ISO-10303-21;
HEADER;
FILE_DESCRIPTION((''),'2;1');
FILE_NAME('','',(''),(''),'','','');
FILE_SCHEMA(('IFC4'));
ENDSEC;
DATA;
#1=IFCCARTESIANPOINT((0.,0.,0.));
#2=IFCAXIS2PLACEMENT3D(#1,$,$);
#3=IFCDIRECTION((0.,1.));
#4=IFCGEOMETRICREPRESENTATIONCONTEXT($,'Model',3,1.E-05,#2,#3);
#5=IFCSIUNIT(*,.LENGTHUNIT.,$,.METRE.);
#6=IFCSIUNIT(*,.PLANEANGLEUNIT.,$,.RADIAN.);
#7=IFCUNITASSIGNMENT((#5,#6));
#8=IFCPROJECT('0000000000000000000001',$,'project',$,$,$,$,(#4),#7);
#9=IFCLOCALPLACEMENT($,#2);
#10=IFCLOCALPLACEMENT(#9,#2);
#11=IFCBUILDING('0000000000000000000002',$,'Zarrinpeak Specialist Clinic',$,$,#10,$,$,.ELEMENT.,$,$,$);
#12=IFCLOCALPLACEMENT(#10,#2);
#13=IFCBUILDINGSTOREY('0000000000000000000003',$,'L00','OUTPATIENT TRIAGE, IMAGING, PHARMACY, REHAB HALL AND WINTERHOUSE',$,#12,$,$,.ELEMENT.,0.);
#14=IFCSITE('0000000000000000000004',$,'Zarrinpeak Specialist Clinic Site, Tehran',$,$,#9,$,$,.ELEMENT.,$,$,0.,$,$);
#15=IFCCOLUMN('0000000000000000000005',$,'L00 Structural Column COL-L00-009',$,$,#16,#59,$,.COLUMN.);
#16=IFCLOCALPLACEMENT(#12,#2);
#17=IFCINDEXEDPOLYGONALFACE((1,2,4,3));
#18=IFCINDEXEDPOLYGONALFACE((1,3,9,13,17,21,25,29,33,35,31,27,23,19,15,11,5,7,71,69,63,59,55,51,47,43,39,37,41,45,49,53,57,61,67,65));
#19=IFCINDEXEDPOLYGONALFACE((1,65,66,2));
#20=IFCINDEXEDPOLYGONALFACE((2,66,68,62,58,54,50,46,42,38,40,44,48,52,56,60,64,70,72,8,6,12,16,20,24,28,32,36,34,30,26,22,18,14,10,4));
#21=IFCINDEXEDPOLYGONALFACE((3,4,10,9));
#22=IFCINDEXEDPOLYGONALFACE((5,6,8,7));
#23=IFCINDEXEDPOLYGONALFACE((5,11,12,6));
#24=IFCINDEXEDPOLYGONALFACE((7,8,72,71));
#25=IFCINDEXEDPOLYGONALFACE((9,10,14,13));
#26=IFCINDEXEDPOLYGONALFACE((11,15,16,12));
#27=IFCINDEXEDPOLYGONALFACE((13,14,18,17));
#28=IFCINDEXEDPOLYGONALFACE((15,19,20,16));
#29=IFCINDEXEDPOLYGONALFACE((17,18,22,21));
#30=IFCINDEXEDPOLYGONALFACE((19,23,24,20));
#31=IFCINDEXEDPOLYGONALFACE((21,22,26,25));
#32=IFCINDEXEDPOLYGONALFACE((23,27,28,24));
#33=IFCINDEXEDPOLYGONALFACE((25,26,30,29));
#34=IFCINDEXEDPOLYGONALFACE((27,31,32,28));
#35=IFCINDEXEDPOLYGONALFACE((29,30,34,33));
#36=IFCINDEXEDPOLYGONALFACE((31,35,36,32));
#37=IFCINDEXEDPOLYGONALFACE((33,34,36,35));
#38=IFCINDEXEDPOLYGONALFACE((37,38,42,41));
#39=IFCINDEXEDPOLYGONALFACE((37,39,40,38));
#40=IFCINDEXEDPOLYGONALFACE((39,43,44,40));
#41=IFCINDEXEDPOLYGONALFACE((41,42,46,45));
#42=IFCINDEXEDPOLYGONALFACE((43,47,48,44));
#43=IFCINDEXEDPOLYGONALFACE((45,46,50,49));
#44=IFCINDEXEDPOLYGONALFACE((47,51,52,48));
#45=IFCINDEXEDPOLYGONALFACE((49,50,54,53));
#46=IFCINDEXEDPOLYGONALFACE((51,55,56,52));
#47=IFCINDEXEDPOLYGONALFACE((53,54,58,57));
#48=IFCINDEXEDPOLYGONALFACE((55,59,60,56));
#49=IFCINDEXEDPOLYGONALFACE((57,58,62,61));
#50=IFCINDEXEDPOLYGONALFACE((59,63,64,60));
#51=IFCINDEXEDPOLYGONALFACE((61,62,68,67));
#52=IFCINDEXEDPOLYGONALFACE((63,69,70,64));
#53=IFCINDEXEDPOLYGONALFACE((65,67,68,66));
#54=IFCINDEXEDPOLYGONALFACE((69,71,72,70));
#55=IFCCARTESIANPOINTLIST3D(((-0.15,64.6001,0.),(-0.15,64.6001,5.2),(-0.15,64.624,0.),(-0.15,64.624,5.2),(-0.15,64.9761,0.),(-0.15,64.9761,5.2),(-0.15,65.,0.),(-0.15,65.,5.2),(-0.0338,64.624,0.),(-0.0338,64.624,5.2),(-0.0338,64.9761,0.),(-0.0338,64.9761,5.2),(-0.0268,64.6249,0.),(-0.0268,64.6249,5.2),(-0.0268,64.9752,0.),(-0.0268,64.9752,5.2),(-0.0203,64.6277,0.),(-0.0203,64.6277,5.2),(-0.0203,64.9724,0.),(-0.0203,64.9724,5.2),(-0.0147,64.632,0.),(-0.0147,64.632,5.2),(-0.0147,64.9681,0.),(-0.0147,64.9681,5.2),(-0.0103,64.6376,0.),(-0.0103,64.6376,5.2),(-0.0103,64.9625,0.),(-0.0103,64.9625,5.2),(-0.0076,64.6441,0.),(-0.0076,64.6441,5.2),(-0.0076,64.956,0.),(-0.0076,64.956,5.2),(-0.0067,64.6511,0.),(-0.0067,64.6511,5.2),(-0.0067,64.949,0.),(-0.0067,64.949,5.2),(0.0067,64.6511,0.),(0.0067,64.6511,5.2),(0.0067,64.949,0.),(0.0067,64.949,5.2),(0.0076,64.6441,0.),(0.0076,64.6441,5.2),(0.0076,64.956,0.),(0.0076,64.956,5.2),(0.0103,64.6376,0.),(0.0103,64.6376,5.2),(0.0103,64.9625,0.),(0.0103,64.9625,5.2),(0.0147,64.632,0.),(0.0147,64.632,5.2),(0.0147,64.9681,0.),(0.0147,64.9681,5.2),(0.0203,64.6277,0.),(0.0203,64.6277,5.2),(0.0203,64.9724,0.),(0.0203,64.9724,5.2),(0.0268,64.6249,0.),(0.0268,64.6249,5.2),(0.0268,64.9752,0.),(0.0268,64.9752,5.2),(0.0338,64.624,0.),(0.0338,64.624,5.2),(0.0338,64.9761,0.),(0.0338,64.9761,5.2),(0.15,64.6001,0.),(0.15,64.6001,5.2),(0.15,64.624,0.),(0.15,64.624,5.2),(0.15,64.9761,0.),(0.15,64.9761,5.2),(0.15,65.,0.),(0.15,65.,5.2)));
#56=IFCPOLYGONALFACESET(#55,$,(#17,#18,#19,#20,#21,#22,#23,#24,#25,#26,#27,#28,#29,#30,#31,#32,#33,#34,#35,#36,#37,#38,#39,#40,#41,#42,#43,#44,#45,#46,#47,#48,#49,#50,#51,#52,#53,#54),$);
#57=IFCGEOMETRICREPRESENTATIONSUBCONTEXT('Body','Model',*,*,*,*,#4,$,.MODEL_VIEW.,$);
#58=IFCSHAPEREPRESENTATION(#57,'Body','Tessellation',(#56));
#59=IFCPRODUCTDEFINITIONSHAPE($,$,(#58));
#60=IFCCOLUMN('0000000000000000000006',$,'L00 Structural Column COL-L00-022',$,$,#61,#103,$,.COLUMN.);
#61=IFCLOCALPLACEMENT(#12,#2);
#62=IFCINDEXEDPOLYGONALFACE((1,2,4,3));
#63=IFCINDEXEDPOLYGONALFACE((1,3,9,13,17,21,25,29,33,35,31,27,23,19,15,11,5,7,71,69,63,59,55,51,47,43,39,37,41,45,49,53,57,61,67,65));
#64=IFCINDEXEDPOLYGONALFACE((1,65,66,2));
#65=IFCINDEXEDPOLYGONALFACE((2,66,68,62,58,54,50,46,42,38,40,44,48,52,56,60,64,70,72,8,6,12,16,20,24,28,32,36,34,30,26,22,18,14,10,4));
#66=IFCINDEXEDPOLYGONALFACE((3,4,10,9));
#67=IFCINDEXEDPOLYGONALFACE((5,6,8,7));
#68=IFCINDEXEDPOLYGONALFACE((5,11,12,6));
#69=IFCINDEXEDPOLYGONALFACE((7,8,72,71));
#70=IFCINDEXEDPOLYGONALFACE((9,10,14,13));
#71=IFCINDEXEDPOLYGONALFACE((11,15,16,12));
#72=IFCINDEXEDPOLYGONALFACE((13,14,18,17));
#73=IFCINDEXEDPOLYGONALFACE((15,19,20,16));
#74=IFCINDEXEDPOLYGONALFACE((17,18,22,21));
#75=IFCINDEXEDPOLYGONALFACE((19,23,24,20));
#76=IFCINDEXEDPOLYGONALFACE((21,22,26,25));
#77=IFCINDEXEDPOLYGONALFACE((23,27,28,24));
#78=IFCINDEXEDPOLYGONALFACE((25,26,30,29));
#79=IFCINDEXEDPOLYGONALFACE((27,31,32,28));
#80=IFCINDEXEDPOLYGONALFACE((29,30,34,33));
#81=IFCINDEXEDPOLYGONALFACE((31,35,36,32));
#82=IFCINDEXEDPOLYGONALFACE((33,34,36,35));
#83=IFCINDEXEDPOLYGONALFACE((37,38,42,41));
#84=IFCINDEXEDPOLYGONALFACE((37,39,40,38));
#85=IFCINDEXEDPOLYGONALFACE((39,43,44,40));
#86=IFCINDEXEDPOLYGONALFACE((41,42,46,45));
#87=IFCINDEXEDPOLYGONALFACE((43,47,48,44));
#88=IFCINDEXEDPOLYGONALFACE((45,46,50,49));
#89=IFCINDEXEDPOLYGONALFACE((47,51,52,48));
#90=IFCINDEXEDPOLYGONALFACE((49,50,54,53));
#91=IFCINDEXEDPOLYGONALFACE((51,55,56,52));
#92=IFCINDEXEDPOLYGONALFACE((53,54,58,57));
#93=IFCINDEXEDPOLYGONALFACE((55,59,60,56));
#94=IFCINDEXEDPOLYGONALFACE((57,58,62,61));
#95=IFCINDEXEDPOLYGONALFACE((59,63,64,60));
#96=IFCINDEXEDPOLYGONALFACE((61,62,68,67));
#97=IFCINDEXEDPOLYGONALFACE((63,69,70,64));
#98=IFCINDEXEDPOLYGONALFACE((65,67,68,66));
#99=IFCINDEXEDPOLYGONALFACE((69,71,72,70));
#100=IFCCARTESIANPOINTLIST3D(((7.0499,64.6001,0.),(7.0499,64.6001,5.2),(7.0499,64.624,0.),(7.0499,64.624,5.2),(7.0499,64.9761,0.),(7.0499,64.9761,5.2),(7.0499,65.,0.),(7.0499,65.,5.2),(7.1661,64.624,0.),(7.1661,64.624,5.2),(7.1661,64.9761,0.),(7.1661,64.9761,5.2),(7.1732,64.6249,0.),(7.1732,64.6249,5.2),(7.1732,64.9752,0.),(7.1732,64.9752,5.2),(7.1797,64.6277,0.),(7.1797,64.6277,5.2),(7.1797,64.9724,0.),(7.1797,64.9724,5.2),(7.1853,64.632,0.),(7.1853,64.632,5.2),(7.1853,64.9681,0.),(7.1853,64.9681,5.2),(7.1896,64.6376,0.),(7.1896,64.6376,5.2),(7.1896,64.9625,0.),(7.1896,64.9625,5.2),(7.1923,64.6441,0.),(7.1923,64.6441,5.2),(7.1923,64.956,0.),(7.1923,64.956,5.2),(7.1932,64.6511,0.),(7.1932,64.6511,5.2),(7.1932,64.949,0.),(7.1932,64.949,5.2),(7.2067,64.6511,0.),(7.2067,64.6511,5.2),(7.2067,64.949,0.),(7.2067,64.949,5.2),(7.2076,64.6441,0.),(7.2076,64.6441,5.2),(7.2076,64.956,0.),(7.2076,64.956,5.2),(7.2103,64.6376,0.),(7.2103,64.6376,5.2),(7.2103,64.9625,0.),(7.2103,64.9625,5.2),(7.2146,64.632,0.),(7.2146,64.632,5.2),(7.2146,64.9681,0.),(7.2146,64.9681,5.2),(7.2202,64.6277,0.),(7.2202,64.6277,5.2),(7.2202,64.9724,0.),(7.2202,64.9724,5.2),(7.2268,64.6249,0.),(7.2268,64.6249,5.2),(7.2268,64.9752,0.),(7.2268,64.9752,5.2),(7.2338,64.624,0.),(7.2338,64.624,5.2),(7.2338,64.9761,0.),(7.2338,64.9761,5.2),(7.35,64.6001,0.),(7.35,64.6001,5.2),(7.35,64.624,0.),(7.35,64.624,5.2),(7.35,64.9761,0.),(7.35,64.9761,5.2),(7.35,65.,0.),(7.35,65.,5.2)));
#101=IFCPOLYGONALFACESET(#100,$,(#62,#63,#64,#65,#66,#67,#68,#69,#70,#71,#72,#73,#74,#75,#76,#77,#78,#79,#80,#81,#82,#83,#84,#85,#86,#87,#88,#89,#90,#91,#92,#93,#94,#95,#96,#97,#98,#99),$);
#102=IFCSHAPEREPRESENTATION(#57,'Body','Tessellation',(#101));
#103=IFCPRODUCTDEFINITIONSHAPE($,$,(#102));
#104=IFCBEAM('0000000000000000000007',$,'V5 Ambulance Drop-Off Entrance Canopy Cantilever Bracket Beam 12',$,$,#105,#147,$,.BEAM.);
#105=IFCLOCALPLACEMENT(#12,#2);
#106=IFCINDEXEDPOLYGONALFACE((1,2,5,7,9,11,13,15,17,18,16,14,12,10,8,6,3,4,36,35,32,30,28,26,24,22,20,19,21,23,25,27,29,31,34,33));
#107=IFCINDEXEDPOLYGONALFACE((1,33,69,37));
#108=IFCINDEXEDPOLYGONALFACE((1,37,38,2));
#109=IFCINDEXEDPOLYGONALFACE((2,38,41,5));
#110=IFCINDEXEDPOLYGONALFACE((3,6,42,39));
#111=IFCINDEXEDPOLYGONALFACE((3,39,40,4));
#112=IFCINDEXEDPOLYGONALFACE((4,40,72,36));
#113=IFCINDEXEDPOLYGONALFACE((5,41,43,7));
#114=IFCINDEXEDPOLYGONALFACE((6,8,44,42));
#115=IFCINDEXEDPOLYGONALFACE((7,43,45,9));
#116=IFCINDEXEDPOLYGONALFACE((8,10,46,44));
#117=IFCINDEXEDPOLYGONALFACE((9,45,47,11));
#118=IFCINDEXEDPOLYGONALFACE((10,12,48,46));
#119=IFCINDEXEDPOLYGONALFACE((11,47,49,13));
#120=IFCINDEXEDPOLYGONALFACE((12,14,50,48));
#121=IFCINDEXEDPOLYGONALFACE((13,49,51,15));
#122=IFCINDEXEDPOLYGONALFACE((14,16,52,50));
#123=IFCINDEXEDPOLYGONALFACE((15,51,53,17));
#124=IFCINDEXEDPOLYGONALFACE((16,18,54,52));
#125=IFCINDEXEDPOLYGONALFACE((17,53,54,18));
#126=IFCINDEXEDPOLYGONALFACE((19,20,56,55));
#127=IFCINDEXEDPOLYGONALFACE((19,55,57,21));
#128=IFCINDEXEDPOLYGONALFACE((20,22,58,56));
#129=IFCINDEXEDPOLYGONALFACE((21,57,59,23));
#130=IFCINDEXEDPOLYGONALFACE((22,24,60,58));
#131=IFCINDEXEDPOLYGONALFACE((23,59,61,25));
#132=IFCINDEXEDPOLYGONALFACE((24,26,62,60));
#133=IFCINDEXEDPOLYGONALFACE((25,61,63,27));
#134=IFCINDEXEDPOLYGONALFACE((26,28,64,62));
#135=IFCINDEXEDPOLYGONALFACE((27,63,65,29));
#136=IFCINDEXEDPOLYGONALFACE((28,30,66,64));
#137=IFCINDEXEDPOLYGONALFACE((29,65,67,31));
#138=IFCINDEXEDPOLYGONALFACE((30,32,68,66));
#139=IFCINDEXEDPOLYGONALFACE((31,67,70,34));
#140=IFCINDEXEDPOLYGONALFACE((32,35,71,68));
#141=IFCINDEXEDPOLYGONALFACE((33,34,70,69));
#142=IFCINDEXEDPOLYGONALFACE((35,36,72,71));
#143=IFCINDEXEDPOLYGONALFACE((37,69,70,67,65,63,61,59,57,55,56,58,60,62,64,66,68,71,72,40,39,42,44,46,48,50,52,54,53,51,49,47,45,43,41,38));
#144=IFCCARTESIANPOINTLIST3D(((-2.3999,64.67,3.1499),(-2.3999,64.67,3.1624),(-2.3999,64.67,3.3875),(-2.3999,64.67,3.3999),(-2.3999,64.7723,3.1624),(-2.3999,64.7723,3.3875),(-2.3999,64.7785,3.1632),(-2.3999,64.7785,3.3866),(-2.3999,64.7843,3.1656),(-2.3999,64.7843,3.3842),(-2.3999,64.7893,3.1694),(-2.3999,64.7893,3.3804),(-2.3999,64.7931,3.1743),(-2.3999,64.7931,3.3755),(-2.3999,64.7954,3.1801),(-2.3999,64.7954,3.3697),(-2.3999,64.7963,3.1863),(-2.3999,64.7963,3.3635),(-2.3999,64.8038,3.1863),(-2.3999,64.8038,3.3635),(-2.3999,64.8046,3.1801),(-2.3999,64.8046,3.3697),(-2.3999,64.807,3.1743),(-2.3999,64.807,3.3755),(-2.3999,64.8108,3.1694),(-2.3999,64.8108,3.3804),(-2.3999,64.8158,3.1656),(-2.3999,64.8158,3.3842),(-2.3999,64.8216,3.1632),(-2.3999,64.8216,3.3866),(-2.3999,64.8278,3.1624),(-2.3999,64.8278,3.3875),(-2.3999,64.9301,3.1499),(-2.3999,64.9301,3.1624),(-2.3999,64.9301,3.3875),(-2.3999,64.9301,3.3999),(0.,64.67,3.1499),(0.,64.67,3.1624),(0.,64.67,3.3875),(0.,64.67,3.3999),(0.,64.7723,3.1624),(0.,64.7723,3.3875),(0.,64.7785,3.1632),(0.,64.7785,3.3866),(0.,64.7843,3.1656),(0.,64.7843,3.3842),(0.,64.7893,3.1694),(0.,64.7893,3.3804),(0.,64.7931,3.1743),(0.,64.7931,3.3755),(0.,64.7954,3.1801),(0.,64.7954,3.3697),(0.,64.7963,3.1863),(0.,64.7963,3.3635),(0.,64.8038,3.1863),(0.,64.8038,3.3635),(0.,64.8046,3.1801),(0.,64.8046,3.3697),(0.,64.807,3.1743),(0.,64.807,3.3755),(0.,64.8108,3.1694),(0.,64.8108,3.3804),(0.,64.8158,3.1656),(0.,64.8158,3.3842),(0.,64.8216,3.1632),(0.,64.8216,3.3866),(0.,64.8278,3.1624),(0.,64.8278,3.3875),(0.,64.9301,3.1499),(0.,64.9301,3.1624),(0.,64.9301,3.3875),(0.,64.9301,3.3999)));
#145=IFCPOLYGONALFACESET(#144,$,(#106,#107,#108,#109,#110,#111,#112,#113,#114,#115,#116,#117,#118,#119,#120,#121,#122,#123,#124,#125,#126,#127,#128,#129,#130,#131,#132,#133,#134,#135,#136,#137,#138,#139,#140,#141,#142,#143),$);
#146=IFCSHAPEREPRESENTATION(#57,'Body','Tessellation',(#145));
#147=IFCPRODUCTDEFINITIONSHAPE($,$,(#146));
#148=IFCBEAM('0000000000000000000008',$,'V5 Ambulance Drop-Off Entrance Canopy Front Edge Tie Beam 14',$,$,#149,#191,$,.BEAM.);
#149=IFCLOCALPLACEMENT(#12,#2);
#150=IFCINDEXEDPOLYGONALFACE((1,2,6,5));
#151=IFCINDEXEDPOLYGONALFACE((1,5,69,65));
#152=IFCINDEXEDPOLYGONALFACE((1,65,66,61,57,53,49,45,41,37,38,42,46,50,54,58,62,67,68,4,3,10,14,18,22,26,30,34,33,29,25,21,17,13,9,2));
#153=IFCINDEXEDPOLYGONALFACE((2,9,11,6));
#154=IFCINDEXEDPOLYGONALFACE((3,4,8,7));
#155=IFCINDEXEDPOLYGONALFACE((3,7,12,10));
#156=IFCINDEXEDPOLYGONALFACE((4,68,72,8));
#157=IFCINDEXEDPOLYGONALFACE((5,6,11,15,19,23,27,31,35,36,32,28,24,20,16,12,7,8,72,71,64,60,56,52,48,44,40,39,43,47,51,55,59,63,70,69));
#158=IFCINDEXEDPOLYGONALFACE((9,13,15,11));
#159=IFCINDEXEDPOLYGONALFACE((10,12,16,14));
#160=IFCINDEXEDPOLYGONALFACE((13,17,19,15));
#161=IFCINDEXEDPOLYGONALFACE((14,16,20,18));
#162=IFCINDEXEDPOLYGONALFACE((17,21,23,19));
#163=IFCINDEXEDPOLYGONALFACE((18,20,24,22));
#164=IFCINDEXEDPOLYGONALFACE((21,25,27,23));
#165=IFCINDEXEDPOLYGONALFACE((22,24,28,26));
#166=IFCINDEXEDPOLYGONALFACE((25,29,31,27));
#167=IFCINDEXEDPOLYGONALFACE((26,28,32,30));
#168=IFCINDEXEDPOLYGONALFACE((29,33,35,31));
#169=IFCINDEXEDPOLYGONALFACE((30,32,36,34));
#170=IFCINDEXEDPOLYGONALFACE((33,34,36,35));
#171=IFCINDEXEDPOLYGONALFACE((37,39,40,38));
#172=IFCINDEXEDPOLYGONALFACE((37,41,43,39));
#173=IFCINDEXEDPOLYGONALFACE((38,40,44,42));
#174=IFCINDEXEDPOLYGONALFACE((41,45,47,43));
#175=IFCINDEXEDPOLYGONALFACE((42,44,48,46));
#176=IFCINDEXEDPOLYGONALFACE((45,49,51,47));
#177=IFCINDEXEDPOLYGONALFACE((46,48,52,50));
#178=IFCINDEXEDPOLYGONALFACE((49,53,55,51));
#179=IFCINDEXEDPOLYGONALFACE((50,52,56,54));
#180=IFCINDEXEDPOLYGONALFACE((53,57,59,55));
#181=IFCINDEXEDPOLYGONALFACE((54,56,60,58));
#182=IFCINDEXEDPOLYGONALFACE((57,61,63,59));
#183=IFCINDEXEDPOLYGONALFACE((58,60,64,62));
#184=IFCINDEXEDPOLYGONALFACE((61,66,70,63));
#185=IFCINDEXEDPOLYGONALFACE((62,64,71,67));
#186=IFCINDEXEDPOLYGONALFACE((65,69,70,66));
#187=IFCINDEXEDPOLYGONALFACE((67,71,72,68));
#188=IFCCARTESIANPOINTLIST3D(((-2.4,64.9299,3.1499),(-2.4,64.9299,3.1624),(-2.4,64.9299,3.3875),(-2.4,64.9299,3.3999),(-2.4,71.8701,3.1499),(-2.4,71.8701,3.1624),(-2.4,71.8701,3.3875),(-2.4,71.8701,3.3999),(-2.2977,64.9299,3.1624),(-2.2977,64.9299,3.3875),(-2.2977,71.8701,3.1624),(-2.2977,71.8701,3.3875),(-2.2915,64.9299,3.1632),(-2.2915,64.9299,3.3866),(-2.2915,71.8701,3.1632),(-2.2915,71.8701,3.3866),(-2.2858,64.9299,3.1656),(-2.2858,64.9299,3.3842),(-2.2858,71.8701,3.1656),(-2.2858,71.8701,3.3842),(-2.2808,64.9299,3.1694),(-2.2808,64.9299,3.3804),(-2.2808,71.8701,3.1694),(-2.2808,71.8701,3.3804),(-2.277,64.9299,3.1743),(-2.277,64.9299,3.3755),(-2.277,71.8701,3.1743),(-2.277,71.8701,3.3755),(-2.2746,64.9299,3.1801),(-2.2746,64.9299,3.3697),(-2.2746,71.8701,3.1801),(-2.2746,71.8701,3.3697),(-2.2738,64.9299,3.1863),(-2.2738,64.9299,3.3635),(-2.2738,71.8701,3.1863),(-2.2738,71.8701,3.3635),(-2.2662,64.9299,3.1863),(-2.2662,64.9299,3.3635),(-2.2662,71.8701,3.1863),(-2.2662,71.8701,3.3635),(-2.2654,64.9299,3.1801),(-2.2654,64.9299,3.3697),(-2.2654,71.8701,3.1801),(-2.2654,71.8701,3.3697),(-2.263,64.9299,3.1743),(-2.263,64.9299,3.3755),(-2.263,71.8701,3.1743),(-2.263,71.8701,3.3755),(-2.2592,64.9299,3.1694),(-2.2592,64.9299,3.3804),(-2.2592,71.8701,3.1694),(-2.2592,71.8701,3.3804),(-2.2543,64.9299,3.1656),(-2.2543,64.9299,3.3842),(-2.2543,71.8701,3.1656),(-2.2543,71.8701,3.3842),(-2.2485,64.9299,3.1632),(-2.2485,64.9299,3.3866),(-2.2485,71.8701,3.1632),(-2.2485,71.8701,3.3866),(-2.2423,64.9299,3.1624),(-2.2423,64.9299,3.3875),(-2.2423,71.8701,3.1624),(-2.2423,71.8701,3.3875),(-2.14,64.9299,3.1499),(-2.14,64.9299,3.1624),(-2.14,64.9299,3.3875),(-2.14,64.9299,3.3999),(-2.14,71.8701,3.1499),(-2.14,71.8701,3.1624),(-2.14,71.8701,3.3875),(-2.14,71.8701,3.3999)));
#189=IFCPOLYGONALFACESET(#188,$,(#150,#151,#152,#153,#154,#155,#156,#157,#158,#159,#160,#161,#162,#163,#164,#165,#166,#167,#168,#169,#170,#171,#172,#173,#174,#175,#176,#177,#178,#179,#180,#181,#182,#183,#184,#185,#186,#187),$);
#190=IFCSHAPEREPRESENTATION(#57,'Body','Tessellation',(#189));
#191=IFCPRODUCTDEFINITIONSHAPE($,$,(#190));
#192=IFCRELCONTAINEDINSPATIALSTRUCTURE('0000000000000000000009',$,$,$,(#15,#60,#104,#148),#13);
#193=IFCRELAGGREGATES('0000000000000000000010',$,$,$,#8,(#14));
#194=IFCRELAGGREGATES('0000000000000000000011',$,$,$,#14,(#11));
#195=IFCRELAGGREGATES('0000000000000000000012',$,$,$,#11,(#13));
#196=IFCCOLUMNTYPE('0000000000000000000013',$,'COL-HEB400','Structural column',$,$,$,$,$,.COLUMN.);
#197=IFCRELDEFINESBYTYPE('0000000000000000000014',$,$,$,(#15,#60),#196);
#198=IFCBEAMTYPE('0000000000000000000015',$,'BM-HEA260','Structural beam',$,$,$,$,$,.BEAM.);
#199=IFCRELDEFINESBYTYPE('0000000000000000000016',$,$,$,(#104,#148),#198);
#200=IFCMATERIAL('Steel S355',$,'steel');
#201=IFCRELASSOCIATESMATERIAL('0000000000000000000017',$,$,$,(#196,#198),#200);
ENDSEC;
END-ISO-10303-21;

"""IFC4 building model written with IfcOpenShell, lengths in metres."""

from ifc_helpers import new_model, si_unit, direction, frame, origin, origin_2d, place, context, subcontext, project, spatial, i_section, extrude, material, material_profile, profile_set, type_object, element, save


model = new_model("IFC4")

# Units and contexts
model_context = context("Model", 3, precision=1e-05, world=origin(), true_north=direction((0.0, 1.0)))
body_context = subcontext(model_context, "Body", "Model", "MODEL_VIEW")
ifc_project = project(units=[si_unit("LENGTHUNIT", "METRE"), si_unit("PLANEANGLEUNIT", "RADIAN")], contexts=[model_context])

# Site, building, storey
site_placement = place(None, origin())
site = spatial("IfcSite", under=ifc_project, at=site_placement, Name="Zarrinpeak Specialist Clinic Site, Tehran", CompositionType="ELEMENT", RefElevation=0.0)
building_placement = place(site_placement, origin())
building = spatial("IfcBuilding", under=site, at=building_placement, Name="Zarrinpeak Specialist Clinic", CompositionType="ELEMENT")
storey_placement = place(building_placement, origin())
storey = spatial("IfcBuildingStorey", under=building, at=storey_placement, Name="L00", Description="OUTPATIENT TRIAGE, IMAGING, PHARMACY, REHAB HALL AND WINTERHOUSE", CompositionType="ELEMENT", Elevation=0.0)

# Columns
ifc_material_1 = material(Name="Steel S355", Category="steel")
ifc_material_profile_1 = material_profile(ifc_material_1, i_section(OverallWidth=0.3, OverallDepth=0.3999, WebThickness=0.0134, FlangeThickness=0.0239, FilletRadius=0.0271, at=origin_2d()), Name="HEB 400")
ifc_profile_set_1 = profile_set([ifc_material_profile_1], Name="Steel S355")
column_type = type_object("IfcColumnType", Name="COL-HEB400", Description="Structural column", PredefinedType="COLUMN", material=ifc_profile_set_1)
for number, where, z_axis, x_axis, name in (
    (1, (0.0, 64.8, 0.0), (0.0, 0.0, 1.0), (1.0, 0.0, 0.0), "L00 Structural Column COL-L00-009"),
    (2, (7.2, 64.8, 0.0), (0.0, 0.0, 1.0), (1.0, 0.0, 0.0), "L00 Structural Column COL-L00-022"),
):
    element("IfcColumn", number, at=place(storey_placement, frame(where, z_axis=z_axis, x_axis=x_axis)), inside=storey, type_object=column_type, Name=name, PredefinedType="COLUMN", context=body_context, shape_type="SweptSolid", body=[
        extrude(i_section(OverallWidth=0.3, OverallDepth=0.3999, WebThickness=0.0134, FlangeThickness=0.0239, FilletRadius=0.0271, at=origin_2d()), origin(), (0.0, 0.0, 1.0), 5.2),
    ])

# Beams
ifc_material_profile_2 = material_profile(ifc_material_1, i_section(OverallWidth=0.26, OverallDepth=0.25, WebThickness=0.0076, FlangeThickness=0.0125, FilletRadius=0.0239, at=origin_2d()), Name="HEA 260")
ifc_profile_set_2 = profile_set([ifc_material_profile_2], Name="Steel S355")
beam_type_1 = type_object("IfcBeamType", Name="BM-HEA260", Description="Structural beam", PredefinedType="BEAM", material=ifc_profile_set_2)
beam_1_placement = place(storey_placement, frame((0.0, 64.8, 3.2749), z_axis=(-1.0, 0.0, 0.0), x_axis=(0.0, -1.0, 0.0)))
element("IfcBeam", 3, at=beam_1_placement, inside=storey, type_object=beam_type_1, Name="V5 Ambulance Drop-Off Entrance Canopy Cantilever Bracket Beam 12", PredefinedType="BEAM", context=body_context, shape_type="SweptSolid", body=[
    extrude(i_section(OverallWidth=0.26, OverallDepth=0.25, WebThickness=0.0076, FlangeThickness=0.0125, FilletRadius=0.0239, at=origin_2d()), origin(), (0.0, 0.0, 1.0), 2.3999),
])
beam_2_placement = place(storey_placement, frame((-2.27, 64.9299, 3.2749), z_axis=(0.0, 1.0, 0.0), x_axis=(-1.0, 0.0, 0.0)))
element("IfcBeam", 4, at=beam_2_placement, inside=storey, type_object=beam_type_1, Name="V5 Ambulance Drop-Off Entrance Canopy Front Edge Tie Beam 14", PredefinedType="BEAM", context=body_context, shape_type="SweptSolid", body=[
    extrude(i_section(OverallWidth=0.26, OverallDepth=0.25, WebThickness=0.0076, FlangeThickness=0.0125, FilletRadius=0.0239, at=origin_2d()), origin(), (0.0, 0.0, 1.0), 6.9402),
])

save(model, "model.ifc")
